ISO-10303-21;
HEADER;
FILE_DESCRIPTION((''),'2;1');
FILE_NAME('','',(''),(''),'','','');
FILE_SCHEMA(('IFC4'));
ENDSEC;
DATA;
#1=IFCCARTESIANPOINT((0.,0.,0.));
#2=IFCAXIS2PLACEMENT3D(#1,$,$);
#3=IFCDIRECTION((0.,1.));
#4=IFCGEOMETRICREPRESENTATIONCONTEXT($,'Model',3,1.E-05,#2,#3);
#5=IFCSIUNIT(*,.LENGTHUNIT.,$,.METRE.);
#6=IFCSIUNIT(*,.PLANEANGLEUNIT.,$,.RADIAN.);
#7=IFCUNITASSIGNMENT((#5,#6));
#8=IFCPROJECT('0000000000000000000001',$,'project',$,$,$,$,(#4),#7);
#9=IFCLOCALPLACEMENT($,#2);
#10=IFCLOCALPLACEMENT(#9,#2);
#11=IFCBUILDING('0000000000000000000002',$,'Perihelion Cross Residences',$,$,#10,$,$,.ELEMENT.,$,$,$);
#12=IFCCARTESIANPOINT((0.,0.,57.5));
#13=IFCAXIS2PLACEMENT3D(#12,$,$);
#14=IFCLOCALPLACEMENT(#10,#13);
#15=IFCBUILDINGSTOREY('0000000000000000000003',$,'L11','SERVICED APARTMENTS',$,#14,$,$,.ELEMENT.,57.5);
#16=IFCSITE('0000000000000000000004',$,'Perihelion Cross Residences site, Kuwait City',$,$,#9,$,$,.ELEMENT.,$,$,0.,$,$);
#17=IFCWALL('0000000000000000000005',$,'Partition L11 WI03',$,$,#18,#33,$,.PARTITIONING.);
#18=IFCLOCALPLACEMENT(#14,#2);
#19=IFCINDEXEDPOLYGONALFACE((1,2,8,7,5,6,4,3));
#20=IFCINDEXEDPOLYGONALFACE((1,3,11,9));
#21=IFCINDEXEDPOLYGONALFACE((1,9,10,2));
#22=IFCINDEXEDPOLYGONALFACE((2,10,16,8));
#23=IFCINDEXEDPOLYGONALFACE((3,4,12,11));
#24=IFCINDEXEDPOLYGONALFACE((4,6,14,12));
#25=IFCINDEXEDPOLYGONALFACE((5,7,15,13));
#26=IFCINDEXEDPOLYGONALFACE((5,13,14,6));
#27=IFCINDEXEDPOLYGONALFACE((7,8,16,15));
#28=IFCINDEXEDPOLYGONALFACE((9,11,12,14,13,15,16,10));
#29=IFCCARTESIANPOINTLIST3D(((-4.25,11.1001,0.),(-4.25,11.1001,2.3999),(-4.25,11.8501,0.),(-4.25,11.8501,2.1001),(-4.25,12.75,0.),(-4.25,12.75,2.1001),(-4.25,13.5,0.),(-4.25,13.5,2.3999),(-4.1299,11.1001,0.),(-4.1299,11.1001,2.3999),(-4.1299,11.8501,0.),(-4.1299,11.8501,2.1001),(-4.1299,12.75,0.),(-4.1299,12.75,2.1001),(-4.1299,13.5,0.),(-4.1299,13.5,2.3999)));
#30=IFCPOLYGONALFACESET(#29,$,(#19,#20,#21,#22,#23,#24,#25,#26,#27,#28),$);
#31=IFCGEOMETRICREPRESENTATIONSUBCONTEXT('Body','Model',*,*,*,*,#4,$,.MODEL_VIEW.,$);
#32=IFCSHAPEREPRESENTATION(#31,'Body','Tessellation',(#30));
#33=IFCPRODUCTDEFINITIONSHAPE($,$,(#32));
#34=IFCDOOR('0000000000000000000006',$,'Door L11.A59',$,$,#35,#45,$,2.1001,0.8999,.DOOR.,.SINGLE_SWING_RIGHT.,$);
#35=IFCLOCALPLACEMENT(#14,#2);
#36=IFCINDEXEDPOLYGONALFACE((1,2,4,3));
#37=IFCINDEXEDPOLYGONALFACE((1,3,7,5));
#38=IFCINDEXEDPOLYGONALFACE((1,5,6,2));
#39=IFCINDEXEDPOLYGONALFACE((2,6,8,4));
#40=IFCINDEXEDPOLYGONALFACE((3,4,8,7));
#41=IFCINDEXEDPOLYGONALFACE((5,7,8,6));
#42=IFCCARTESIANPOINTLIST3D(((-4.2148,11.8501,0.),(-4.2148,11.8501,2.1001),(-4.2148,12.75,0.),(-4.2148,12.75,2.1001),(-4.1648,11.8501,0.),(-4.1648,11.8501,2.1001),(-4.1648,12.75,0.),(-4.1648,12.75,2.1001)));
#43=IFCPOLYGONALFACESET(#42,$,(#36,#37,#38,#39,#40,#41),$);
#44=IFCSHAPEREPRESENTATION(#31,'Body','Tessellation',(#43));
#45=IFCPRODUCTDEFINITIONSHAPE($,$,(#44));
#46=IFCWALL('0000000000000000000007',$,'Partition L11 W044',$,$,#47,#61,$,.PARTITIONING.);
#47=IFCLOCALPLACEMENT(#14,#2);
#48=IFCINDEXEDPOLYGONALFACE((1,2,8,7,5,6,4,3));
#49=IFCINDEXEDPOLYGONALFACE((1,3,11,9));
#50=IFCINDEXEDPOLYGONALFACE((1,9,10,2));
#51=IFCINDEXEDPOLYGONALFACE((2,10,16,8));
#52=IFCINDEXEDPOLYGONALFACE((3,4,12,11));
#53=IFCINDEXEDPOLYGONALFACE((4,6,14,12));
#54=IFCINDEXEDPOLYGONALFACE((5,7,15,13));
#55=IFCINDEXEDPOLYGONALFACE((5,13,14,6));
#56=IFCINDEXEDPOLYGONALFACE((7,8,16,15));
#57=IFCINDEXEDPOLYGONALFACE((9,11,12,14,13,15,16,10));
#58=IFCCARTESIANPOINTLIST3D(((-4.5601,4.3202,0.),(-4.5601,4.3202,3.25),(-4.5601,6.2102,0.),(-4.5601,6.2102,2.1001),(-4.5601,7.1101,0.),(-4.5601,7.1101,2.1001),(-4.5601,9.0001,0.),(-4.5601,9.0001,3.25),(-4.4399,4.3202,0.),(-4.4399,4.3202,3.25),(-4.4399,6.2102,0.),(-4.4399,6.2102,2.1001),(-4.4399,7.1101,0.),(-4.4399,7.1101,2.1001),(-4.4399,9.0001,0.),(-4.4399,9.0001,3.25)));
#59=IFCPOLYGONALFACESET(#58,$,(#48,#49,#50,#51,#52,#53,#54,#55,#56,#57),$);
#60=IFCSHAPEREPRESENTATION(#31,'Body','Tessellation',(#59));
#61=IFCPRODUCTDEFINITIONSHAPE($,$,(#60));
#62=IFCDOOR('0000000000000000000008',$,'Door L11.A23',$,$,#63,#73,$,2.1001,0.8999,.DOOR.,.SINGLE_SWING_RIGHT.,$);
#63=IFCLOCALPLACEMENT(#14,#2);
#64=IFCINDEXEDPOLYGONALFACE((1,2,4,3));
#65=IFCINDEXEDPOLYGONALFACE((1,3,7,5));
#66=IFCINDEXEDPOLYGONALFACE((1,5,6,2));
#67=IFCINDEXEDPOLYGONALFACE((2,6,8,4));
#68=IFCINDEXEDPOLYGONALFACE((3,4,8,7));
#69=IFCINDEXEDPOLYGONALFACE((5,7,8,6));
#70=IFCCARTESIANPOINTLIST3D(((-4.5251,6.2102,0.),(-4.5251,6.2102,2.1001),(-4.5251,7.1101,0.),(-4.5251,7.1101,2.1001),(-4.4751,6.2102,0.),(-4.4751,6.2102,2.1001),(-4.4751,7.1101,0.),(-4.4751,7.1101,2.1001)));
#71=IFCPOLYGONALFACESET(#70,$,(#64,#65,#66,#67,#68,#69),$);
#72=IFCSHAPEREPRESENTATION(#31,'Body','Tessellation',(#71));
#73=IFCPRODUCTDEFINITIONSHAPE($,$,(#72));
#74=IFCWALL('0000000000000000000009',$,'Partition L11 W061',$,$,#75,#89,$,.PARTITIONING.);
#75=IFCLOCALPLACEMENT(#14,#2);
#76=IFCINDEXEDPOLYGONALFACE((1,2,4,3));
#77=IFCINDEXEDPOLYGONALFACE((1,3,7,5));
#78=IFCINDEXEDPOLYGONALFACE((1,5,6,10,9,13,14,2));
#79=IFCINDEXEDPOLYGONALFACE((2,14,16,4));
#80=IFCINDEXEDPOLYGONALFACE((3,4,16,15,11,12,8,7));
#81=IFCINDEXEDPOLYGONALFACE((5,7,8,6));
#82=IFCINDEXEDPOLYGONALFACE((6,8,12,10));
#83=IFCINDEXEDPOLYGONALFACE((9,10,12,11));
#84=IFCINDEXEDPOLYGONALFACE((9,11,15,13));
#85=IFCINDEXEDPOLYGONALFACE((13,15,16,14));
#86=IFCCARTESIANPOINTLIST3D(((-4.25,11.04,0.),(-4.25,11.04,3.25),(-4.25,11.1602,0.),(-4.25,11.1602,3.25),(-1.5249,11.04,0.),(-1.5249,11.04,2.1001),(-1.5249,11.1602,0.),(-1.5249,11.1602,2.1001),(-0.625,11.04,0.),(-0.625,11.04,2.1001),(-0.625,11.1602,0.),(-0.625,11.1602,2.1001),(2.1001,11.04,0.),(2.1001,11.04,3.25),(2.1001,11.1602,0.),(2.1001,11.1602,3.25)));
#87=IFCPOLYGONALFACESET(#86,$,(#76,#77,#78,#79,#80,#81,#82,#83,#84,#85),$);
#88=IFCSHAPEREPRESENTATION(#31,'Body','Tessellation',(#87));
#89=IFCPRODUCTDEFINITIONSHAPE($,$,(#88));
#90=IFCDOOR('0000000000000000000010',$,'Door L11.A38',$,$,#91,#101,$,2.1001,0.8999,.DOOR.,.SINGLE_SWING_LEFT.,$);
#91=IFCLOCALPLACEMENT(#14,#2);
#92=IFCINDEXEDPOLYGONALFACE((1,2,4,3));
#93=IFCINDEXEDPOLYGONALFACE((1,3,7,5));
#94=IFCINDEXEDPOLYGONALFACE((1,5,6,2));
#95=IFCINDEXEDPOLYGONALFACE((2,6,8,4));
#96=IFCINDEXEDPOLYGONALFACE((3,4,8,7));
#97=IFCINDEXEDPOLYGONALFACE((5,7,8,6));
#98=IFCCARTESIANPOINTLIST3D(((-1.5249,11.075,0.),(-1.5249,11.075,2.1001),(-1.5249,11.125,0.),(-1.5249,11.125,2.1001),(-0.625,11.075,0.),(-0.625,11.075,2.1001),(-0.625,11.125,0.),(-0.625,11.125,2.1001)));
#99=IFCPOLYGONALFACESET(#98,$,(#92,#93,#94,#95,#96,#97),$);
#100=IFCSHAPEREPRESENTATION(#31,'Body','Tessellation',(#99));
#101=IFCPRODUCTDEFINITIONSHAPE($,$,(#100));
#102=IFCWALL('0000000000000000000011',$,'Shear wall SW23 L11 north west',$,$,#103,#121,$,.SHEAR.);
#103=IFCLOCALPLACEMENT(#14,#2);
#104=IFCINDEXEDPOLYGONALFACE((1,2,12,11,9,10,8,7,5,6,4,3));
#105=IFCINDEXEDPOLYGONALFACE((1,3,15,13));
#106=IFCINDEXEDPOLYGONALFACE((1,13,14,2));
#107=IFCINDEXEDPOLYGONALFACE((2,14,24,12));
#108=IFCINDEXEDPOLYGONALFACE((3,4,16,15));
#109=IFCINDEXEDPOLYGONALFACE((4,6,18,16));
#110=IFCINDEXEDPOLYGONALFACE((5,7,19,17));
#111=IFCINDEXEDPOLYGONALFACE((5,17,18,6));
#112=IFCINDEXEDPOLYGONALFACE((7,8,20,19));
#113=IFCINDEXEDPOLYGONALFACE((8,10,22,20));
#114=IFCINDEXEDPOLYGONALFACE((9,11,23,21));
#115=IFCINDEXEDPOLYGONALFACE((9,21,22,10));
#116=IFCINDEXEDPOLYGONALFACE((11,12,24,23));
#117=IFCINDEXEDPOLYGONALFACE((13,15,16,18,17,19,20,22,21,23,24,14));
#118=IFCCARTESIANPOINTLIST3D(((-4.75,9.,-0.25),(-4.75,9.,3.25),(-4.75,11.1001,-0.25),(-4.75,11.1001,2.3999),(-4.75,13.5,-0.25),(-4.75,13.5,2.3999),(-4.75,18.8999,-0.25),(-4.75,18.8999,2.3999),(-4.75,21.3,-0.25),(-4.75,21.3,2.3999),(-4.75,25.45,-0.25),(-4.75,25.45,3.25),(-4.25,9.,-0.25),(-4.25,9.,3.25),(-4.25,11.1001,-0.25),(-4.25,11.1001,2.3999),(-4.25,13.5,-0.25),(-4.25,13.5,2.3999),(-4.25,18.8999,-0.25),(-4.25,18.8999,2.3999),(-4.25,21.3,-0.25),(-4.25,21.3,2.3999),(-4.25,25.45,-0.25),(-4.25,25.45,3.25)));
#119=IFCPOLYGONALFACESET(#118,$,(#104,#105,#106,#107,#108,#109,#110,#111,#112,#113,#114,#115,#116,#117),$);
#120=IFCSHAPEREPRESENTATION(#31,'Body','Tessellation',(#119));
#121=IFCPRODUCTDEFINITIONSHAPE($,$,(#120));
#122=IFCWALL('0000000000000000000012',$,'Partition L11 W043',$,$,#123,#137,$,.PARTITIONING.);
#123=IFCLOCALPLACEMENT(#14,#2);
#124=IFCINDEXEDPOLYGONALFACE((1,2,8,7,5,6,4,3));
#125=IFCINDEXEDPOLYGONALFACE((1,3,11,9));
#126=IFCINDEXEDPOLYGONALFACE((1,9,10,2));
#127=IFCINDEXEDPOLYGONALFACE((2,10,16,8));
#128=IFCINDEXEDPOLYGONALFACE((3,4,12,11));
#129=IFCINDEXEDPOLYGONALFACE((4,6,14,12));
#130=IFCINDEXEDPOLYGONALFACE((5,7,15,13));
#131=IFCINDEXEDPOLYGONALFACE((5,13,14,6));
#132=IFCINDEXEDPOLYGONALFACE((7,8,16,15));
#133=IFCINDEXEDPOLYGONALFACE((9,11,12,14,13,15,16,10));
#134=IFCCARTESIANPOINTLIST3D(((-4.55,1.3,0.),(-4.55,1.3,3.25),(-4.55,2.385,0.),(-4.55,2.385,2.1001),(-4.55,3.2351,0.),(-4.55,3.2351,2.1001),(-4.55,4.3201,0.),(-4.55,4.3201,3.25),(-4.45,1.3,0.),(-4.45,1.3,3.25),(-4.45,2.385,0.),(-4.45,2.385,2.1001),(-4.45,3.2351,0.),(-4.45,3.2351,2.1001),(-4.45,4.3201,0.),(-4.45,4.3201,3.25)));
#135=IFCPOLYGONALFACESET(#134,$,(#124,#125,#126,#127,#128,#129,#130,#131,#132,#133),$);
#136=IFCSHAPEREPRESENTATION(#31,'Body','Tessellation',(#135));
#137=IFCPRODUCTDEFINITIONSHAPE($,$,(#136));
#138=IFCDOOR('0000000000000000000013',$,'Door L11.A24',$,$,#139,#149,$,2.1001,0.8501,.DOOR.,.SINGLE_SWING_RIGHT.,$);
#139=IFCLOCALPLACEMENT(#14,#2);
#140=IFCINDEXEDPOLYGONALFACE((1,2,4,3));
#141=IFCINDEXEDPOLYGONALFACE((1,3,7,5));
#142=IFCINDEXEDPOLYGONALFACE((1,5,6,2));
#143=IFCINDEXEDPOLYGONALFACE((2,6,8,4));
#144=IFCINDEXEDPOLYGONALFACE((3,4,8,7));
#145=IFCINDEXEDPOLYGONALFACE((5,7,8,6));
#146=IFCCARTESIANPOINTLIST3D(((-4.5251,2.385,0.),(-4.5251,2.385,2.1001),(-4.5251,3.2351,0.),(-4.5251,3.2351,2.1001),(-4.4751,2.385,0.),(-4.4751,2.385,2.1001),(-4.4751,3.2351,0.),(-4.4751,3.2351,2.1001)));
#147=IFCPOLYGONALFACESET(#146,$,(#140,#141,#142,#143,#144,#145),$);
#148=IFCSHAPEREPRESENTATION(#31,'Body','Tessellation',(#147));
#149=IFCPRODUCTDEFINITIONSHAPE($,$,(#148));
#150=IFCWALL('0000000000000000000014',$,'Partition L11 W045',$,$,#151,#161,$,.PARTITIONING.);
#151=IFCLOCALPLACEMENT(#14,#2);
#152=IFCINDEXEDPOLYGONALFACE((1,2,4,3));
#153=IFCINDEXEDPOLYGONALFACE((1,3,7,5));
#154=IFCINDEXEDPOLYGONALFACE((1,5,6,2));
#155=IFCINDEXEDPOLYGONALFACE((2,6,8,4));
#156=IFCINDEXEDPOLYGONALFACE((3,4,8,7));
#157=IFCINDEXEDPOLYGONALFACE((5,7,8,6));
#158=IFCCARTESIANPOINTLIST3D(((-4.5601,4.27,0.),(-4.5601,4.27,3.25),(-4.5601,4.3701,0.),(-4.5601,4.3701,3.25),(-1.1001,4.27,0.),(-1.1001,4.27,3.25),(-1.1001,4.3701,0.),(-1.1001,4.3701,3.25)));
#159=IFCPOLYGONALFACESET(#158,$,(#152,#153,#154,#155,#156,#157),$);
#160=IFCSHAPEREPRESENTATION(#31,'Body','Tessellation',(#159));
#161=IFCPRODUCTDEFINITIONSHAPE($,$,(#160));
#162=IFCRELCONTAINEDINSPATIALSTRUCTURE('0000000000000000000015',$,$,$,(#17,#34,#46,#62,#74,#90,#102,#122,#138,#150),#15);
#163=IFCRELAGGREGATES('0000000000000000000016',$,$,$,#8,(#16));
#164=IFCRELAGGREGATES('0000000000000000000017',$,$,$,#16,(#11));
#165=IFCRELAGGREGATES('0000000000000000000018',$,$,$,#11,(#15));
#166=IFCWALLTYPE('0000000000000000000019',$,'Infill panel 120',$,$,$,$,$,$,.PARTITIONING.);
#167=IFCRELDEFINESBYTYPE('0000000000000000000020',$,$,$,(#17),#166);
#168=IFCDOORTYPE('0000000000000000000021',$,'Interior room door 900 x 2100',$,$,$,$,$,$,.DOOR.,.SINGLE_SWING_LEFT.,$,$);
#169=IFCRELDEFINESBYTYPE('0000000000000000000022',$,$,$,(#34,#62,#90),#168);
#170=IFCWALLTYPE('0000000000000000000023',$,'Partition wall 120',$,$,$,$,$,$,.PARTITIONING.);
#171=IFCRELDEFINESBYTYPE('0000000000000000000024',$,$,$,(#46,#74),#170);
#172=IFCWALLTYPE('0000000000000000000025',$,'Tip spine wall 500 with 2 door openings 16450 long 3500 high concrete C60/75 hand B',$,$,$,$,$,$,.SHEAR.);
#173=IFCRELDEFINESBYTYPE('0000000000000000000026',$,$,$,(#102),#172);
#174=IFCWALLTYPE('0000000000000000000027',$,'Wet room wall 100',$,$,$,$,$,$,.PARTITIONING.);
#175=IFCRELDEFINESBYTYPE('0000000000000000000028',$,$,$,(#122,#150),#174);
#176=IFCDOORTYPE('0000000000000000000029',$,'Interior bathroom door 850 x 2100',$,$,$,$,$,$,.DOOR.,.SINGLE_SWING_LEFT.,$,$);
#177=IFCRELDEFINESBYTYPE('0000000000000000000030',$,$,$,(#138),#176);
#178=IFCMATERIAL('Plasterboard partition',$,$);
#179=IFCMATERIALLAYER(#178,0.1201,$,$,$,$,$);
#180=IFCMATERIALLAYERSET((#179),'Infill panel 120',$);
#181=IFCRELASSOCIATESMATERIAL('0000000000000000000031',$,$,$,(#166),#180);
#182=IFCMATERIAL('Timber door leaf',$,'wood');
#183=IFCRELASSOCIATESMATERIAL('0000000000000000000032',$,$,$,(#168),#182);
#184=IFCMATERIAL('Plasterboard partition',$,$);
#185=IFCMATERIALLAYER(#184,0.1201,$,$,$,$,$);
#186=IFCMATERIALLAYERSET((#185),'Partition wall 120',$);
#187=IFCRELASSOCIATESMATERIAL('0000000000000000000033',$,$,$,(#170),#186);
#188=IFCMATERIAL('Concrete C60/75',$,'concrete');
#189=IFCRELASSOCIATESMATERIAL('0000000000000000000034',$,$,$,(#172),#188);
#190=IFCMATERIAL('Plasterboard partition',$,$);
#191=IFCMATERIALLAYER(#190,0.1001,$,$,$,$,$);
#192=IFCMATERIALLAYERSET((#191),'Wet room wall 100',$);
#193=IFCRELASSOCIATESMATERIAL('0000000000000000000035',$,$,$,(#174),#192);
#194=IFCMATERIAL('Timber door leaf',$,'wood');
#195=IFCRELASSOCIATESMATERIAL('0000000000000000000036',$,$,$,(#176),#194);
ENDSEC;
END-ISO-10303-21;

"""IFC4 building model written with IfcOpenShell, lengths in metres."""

from ifc_helpers import new_model, si_unit, direction, frame, frame_2d, origin, place, context, subcontext, project, spatial, polyline, rectangle, outline, extrude, material, layer, layer_set, material_profile, profile_set, type_object, element, fill, save


model = new_model("IFC4")

# Units and contexts
model_context = context("Model", 3, precision=1e-05, world=origin(), true_north=direction((0.0, 1.0)))
body_context = subcontext(model_context, "Body", "Model", "MODEL_VIEW")
ifc_project = project(units=[si_unit("LENGTHUNIT", "METRE"), si_unit("PLANEANGLEUNIT", "RADIAN")], contexts=[model_context])

# Site, building, storey
site_placement = place(None, origin())
site = spatial("IfcSite", under=ifc_project, at=site_placement, Name="Perihelion Cross Residences site, Kuwait City", CompositionType="ELEMENT", RefElevation=0.0)
building_placement = place(site_placement, origin())
building = spatial("IfcBuilding", under=site, at=building_placement, Name="Perihelion Cross Residences", CompositionType="ELEMENT")
storey_placement = place(building_placement, frame((0.0, 0.0, 57.5)))
storey = spatial("IfcBuildingStorey", under=building, at=storey_placement, Name="L11", Description="SERVICED APARTMENTS", CompositionType="ELEMENT", Elevation=57.5)

# Walls, openings, doors
ifc_material_1 = material(Name="Plasterboard partition")
ifc_layer_1 = layer(ifc_material_1, 0.1201)
ifc_layer_set_1 = layer_set([ifc_layer_1], Name="Infill panel 120")
wall_type_1 = type_object("IfcWallType", Name="Infill panel 120", PredefinedType="PARTITIONING", material=ifc_layer_set_1)
wall_1_placement = place(storey_placement, frame((-4.1899, 11.1001, 0.0), z_axis=(0.0, 0.0, 1.0), x_axis=(0.0, 1.0, 0.0)))
wall_1 = element("IfcWall", 1, at=wall_1_placement, inside=storey, type_object=wall_type_1, Name="Partition L11 WI03", PredefinedType="PARTITIONING", context=body_context, shape_type="SweptSolid", body=[
    extrude(rectangle(XDim=2.3999, YDim=0.1201, at=frame_2d((1.2, 0.0))), origin(), (0.0, 0.0, 1.0), 2.3999),
])
opening_1_placement = place(wall_1_placement, frame((0.75, 0.0, 0.0)))
opening_1 = element("IfcOpeningElement", 2, at=opening_1_placement, cuts=wall_1, PredefinedType="OPENING", context=body_context, shape_type="SweptSolid", body=[
    extrude(rectangle(XDim=0.8999, YDim=2.1001, at=frame_2d((0.45, 1.05))), frame((0.0, 0.0701, 0.0), z_axis=(0.0, -1.0, 0.0), x_axis=(1.0, 0.0, 0.0)), (0.0, 0.0, 1.0), 0.1401),
])
ifc_material_2 = material(Name="Timber door leaf", Category="wood")
door_type_1 = type_object("IfcDoorType", Name="Interior room door 900 x 2100", OperationType="SINGLE_SWING_LEFT", PredefinedType="DOOR", material=ifc_material_2)
door_1_placement = place(opening_1_placement, origin())
door_1 = element("IfcDoor", 3, at=door_1_placement, inside=storey, type_object=door_type_1, Name="Door L11.A59", OperationType="SINGLE_SWING_RIGHT", OverallHeight=2.1001, OverallWidth=0.8999, PredefinedType="DOOR", context=body_context, shape_type="SweptSolid", body=[
    extrude(rectangle(XDim=0.8999, YDim=2.1001, at=frame_2d((0.45, 1.05))), frame((0.0, 0.0249, 0.0), z_axis=(0.0, -1.0, 0.0), x_axis=(1.0, 0.0, 0.0)), (0.0, 0.0, 1.0), 0.05),
])
fill(opening_1, door_1)
ifc_material_3 = material(Name="Plasterboard partition")
ifc_layer_2 = layer(ifc_material_3, 0.1201)
ifc_layer_set_2 = layer_set([ifc_layer_2], Name="Partition wall 120")
wall_type_2 = type_object("IfcWallType", Name="Partition wall 120", PredefinedType="PARTITIONING", material=ifc_layer_set_2)
wall_2_placement = place(storey_placement, frame((-4.5, 9.0, 0.0), z_axis=(0.0, 0.0, 1.0), x_axis=(0.0, -1.0, 0.0)))
wall_2 = element("IfcWall", 4, at=wall_2_placement, inside=storey, type_object=wall_type_2, Name="Partition L11 W044", PredefinedType="PARTITIONING", context=body_context, shape_type="SweptSolid", body=[
    extrude(rectangle(XDim=4.6799, YDim=0.1201, at=frame_2d((2.3398, 0.0))), origin(), (0.0, 0.0, 1.0), 3.25),
])
opening_2_placement = place(wall_2_placement, frame((1.8899, 0.0, 0.0)))
opening_2 = element("IfcOpeningElement", 5, at=opening_2_placement, cuts=wall_2, PredefinedType="OPENING", context=body_context, shape_type="SweptSolid", body=[
    extrude(rectangle(XDim=0.8999, YDim=2.1001, at=frame_2d((0.45, 1.05))), frame((0.0, 0.0701, 0.0), z_axis=(0.0, -1.0, 0.0), x_axis=(1.0, 0.0, 0.0)), (0.0, 0.0, 1.0), 0.1401),
])
door_2_placement = place(opening_2_placement, origin())
door_2 = element("IfcDoor", 6, at=door_2_placement, inside=storey, type_object=door_type_1, Name="Door L11.A23", OperationType="SINGLE_SWING_RIGHT", OverallHeight=2.1001, OverallWidth=0.8999, PredefinedType="DOOR", context=body_context, shape_type="SweptSolid", body=[
    extrude(rectangle(XDim=0.8999, YDim=2.1001, at=frame_2d((0.45, 1.05))), frame((0.0, 0.0249, 0.0), z_axis=(0.0, -1.0, 0.0), x_axis=(1.0, 0.0, 0.0)), (0.0, 0.0, 1.0), 0.05),
])
fill(opening_2, door_2)
wall_3_placement = place(storey_placement, frame((-4.25, 11.1001, 0.0), z_axis=(0.0, 0.0, 1.0), x_axis=(1.0, 0.0, 0.0)))
wall_3 = element("IfcWall", 7, at=wall_3_placement, inside=storey, type_object=wall_type_2, Name="Partition L11 W061", PredefinedType="PARTITIONING", context=body_context, shape_type="SweptSolid", body=[
    extrude(rectangle(XDim=6.3501, YDim=0.1201, at=frame_2d((3.175, 0.0))), origin(), (0.0, 0.0, 1.0), 3.25),
])
opening_3_placement = place(wall_3_placement, frame((2.7251, 0.0, 0.0)))
opening_3 = element("IfcOpeningElement", 8, at=opening_3_placement, cuts=wall_3, PredefinedType="OPENING", context=body_context, shape_type="SweptSolid", body=[
    extrude(rectangle(XDim=0.8999, YDim=2.1001, at=frame_2d((0.45, 1.05))), frame((0.0, 0.0701, 0.0), z_axis=(0.0, -1.0, 0.0), x_axis=(1.0, 0.0, 0.0)), (0.0, 0.0, 1.0), 0.1401),
])
door_3_placement = place(opening_3_placement, origin())
door_3 = element("IfcDoor", 9, at=door_3_placement, inside=storey, type_object=door_type_1, Name="Door L11.A38", OperationType="SINGLE_SWING_LEFT", OverallHeight=2.1001, OverallWidth=0.8999, PredefinedType="DOOR", context=body_context, shape_type="SweptSolid", body=[
    extrude(rectangle(XDim=0.8999, YDim=2.1001, at=frame_2d((0.45, 1.05))), frame((0.0, 0.0249, 0.0), z_axis=(0.0, -1.0, 0.0), x_axis=(1.0, 0.0, 0.0)), (0.0, 0.0, 1.0), 0.05),
])
fill(opening_3, door_3)

# Wall
ifc_material_4 = material(Name="Concrete C60/75", Category="concrete")
ifc_material_profile_1 = material_profile(ifc_material_4, outline(polyline([(0.0, 0.0), (2.1001, 0.0), (2.1001, 2.6499), (4.5, 2.6499), (4.5, 0.0), (9.8999, 0.0), (9.8999, 2.6499), (12.3, 2.6499), (12.3, 0.0), (16.45, 0.0), (16.45, 3.5), (0.0, 3.5), (0.0, 0.0)])), Name="Tip spine wall")
ifc_profile_set_1 = profile_set([ifc_material_profile_1], Name="Concrete C60/75")
wall_type_3 = type_object("IfcWallType", Name="Tip spine wall 500 with 2 door openings 16450 long 3500 high concrete C60/75 hand B", PredefinedType="SHEAR", material=ifc_profile_set_1)
wall_4_placement = place(storey_placement, frame((-4.75, 9.0, -0.25), z_axis=(1.0, 0.0, 0.0), x_axis=(0.0, 1.0, 0.0)))
element("IfcWall", 10, at=wall_4_placement, inside=storey, type_object=wall_type_3, Name="Shear wall SW23 L11 north west", PredefinedType="SHEAR", context=body_context, shape_type="SweptSolid", body=[
    extrude(outline(polyline([(0.0, 0.0), (2.1001, 0.0), (2.1001, 2.6499), (4.5, 2.6499), (4.5, 0.0), (9.8999, 0.0), (9.8999, 2.6499), (12.3, 2.6499), (12.3, 0.0), (16.45, 0.0), (16.45, 3.5), (0.0, 3.5), (0.0, 0.0)])), origin(), (0.0, 0.0, 1.0), 0.5),
])

# Wall, opening, door
ifc_material_5 = material(Name="Plasterboard partition")
ifc_layer_3 = layer(ifc_material_5, 0.1001)
ifc_layer_set_3 = layer_set([ifc_layer_3], Name="Wet room wall 100")
wall_type_4 = type_object("IfcWallType", Name="Wet room wall 100", PredefinedType="PARTITIONING", material=ifc_layer_set_3)
wall_5_placement = place(storey_placement, frame((-4.5, 4.3201, 0.0), z_axis=(0.0, 0.0, 1.0), x_axis=(0.0, -1.0, 0.0)))
wall_5 = element("IfcWall", 11, at=wall_5_placement, inside=storey, type_object=wall_type_4, Name="Partition L11 W043", PredefinedType="PARTITIONING", context=body_context, shape_type="SweptSolid", body=[
    extrude(rectangle(XDim=3.02, YDim=0.1001, at=frame_2d((1.51, 0.0))), origin(), (0.0, 0.0, 1.0), 3.25),
])
opening_4_placement = place(wall_5_placement, frame((1.085, 0.0, 0.0)))
opening_4 = element("IfcOpeningElement", 12, at=opening_4_placement, cuts=wall_5, PredefinedType="OPENING", context=body_context, shape_type="SweptSolid", body=[
    extrude(rectangle(XDim=0.8501, YDim=2.1001, at=frame_2d((0.425, 1.05))), frame((0.0, 0.0601, 0.0), z_axis=(0.0, -1.0, 0.0), x_axis=(1.0, 0.0, 0.0)), (0.0, 0.0, 1.0), 0.1201),
])
ifc_material_6 = material(Name="Timber door leaf", Category="wood")
door_type_2 = type_object("IfcDoorType", Name="Interior bathroom door 850 x 2100", OperationType="SINGLE_SWING_LEFT", PredefinedType="DOOR", material=ifc_material_6)
door_4_placement = place(opening_4_placement, origin())
door_4 = element("IfcDoor", 13, at=door_4_placement, inside=storey, type_object=door_type_2, Name="Door L11.A24", OperationType="SINGLE_SWING_RIGHT", OverallHeight=2.1001, OverallWidth=0.8501, PredefinedType="DOOR", context=body_context, shape_type="SweptSolid", body=[
    extrude(rectangle(XDim=0.8501, YDim=2.1001, at=frame_2d((0.425, 1.05))), frame((0.0, 0.0249, 0.0), z_axis=(0.0, -1.0, 0.0), x_axis=(1.0, 0.0, 0.0)), (0.0, 0.0, 1.0), 0.05),
])
fill(opening_4, door_4)

# Wall
wall_6_placement = place(storey_placement, frame((-4.5601, 4.3201, 0.0), z_axis=(0.0, 0.0, 1.0), x_axis=(1.0, 0.0, 0.0)))
element("IfcWall", 14, at=wall_6_placement, inside=storey, type_object=wall_type_4, Name="Partition L11 W045", PredefinedType="PARTITIONING", context=body_context, shape_type="SweptSolid", body=[
    extrude(rectangle(XDim=3.46, YDim=0.1001, at=frame_2d((1.73, 0.0))), origin(), (0.0, 0.0, 1.0), 3.25),
])

save(model, "model.ifc")
